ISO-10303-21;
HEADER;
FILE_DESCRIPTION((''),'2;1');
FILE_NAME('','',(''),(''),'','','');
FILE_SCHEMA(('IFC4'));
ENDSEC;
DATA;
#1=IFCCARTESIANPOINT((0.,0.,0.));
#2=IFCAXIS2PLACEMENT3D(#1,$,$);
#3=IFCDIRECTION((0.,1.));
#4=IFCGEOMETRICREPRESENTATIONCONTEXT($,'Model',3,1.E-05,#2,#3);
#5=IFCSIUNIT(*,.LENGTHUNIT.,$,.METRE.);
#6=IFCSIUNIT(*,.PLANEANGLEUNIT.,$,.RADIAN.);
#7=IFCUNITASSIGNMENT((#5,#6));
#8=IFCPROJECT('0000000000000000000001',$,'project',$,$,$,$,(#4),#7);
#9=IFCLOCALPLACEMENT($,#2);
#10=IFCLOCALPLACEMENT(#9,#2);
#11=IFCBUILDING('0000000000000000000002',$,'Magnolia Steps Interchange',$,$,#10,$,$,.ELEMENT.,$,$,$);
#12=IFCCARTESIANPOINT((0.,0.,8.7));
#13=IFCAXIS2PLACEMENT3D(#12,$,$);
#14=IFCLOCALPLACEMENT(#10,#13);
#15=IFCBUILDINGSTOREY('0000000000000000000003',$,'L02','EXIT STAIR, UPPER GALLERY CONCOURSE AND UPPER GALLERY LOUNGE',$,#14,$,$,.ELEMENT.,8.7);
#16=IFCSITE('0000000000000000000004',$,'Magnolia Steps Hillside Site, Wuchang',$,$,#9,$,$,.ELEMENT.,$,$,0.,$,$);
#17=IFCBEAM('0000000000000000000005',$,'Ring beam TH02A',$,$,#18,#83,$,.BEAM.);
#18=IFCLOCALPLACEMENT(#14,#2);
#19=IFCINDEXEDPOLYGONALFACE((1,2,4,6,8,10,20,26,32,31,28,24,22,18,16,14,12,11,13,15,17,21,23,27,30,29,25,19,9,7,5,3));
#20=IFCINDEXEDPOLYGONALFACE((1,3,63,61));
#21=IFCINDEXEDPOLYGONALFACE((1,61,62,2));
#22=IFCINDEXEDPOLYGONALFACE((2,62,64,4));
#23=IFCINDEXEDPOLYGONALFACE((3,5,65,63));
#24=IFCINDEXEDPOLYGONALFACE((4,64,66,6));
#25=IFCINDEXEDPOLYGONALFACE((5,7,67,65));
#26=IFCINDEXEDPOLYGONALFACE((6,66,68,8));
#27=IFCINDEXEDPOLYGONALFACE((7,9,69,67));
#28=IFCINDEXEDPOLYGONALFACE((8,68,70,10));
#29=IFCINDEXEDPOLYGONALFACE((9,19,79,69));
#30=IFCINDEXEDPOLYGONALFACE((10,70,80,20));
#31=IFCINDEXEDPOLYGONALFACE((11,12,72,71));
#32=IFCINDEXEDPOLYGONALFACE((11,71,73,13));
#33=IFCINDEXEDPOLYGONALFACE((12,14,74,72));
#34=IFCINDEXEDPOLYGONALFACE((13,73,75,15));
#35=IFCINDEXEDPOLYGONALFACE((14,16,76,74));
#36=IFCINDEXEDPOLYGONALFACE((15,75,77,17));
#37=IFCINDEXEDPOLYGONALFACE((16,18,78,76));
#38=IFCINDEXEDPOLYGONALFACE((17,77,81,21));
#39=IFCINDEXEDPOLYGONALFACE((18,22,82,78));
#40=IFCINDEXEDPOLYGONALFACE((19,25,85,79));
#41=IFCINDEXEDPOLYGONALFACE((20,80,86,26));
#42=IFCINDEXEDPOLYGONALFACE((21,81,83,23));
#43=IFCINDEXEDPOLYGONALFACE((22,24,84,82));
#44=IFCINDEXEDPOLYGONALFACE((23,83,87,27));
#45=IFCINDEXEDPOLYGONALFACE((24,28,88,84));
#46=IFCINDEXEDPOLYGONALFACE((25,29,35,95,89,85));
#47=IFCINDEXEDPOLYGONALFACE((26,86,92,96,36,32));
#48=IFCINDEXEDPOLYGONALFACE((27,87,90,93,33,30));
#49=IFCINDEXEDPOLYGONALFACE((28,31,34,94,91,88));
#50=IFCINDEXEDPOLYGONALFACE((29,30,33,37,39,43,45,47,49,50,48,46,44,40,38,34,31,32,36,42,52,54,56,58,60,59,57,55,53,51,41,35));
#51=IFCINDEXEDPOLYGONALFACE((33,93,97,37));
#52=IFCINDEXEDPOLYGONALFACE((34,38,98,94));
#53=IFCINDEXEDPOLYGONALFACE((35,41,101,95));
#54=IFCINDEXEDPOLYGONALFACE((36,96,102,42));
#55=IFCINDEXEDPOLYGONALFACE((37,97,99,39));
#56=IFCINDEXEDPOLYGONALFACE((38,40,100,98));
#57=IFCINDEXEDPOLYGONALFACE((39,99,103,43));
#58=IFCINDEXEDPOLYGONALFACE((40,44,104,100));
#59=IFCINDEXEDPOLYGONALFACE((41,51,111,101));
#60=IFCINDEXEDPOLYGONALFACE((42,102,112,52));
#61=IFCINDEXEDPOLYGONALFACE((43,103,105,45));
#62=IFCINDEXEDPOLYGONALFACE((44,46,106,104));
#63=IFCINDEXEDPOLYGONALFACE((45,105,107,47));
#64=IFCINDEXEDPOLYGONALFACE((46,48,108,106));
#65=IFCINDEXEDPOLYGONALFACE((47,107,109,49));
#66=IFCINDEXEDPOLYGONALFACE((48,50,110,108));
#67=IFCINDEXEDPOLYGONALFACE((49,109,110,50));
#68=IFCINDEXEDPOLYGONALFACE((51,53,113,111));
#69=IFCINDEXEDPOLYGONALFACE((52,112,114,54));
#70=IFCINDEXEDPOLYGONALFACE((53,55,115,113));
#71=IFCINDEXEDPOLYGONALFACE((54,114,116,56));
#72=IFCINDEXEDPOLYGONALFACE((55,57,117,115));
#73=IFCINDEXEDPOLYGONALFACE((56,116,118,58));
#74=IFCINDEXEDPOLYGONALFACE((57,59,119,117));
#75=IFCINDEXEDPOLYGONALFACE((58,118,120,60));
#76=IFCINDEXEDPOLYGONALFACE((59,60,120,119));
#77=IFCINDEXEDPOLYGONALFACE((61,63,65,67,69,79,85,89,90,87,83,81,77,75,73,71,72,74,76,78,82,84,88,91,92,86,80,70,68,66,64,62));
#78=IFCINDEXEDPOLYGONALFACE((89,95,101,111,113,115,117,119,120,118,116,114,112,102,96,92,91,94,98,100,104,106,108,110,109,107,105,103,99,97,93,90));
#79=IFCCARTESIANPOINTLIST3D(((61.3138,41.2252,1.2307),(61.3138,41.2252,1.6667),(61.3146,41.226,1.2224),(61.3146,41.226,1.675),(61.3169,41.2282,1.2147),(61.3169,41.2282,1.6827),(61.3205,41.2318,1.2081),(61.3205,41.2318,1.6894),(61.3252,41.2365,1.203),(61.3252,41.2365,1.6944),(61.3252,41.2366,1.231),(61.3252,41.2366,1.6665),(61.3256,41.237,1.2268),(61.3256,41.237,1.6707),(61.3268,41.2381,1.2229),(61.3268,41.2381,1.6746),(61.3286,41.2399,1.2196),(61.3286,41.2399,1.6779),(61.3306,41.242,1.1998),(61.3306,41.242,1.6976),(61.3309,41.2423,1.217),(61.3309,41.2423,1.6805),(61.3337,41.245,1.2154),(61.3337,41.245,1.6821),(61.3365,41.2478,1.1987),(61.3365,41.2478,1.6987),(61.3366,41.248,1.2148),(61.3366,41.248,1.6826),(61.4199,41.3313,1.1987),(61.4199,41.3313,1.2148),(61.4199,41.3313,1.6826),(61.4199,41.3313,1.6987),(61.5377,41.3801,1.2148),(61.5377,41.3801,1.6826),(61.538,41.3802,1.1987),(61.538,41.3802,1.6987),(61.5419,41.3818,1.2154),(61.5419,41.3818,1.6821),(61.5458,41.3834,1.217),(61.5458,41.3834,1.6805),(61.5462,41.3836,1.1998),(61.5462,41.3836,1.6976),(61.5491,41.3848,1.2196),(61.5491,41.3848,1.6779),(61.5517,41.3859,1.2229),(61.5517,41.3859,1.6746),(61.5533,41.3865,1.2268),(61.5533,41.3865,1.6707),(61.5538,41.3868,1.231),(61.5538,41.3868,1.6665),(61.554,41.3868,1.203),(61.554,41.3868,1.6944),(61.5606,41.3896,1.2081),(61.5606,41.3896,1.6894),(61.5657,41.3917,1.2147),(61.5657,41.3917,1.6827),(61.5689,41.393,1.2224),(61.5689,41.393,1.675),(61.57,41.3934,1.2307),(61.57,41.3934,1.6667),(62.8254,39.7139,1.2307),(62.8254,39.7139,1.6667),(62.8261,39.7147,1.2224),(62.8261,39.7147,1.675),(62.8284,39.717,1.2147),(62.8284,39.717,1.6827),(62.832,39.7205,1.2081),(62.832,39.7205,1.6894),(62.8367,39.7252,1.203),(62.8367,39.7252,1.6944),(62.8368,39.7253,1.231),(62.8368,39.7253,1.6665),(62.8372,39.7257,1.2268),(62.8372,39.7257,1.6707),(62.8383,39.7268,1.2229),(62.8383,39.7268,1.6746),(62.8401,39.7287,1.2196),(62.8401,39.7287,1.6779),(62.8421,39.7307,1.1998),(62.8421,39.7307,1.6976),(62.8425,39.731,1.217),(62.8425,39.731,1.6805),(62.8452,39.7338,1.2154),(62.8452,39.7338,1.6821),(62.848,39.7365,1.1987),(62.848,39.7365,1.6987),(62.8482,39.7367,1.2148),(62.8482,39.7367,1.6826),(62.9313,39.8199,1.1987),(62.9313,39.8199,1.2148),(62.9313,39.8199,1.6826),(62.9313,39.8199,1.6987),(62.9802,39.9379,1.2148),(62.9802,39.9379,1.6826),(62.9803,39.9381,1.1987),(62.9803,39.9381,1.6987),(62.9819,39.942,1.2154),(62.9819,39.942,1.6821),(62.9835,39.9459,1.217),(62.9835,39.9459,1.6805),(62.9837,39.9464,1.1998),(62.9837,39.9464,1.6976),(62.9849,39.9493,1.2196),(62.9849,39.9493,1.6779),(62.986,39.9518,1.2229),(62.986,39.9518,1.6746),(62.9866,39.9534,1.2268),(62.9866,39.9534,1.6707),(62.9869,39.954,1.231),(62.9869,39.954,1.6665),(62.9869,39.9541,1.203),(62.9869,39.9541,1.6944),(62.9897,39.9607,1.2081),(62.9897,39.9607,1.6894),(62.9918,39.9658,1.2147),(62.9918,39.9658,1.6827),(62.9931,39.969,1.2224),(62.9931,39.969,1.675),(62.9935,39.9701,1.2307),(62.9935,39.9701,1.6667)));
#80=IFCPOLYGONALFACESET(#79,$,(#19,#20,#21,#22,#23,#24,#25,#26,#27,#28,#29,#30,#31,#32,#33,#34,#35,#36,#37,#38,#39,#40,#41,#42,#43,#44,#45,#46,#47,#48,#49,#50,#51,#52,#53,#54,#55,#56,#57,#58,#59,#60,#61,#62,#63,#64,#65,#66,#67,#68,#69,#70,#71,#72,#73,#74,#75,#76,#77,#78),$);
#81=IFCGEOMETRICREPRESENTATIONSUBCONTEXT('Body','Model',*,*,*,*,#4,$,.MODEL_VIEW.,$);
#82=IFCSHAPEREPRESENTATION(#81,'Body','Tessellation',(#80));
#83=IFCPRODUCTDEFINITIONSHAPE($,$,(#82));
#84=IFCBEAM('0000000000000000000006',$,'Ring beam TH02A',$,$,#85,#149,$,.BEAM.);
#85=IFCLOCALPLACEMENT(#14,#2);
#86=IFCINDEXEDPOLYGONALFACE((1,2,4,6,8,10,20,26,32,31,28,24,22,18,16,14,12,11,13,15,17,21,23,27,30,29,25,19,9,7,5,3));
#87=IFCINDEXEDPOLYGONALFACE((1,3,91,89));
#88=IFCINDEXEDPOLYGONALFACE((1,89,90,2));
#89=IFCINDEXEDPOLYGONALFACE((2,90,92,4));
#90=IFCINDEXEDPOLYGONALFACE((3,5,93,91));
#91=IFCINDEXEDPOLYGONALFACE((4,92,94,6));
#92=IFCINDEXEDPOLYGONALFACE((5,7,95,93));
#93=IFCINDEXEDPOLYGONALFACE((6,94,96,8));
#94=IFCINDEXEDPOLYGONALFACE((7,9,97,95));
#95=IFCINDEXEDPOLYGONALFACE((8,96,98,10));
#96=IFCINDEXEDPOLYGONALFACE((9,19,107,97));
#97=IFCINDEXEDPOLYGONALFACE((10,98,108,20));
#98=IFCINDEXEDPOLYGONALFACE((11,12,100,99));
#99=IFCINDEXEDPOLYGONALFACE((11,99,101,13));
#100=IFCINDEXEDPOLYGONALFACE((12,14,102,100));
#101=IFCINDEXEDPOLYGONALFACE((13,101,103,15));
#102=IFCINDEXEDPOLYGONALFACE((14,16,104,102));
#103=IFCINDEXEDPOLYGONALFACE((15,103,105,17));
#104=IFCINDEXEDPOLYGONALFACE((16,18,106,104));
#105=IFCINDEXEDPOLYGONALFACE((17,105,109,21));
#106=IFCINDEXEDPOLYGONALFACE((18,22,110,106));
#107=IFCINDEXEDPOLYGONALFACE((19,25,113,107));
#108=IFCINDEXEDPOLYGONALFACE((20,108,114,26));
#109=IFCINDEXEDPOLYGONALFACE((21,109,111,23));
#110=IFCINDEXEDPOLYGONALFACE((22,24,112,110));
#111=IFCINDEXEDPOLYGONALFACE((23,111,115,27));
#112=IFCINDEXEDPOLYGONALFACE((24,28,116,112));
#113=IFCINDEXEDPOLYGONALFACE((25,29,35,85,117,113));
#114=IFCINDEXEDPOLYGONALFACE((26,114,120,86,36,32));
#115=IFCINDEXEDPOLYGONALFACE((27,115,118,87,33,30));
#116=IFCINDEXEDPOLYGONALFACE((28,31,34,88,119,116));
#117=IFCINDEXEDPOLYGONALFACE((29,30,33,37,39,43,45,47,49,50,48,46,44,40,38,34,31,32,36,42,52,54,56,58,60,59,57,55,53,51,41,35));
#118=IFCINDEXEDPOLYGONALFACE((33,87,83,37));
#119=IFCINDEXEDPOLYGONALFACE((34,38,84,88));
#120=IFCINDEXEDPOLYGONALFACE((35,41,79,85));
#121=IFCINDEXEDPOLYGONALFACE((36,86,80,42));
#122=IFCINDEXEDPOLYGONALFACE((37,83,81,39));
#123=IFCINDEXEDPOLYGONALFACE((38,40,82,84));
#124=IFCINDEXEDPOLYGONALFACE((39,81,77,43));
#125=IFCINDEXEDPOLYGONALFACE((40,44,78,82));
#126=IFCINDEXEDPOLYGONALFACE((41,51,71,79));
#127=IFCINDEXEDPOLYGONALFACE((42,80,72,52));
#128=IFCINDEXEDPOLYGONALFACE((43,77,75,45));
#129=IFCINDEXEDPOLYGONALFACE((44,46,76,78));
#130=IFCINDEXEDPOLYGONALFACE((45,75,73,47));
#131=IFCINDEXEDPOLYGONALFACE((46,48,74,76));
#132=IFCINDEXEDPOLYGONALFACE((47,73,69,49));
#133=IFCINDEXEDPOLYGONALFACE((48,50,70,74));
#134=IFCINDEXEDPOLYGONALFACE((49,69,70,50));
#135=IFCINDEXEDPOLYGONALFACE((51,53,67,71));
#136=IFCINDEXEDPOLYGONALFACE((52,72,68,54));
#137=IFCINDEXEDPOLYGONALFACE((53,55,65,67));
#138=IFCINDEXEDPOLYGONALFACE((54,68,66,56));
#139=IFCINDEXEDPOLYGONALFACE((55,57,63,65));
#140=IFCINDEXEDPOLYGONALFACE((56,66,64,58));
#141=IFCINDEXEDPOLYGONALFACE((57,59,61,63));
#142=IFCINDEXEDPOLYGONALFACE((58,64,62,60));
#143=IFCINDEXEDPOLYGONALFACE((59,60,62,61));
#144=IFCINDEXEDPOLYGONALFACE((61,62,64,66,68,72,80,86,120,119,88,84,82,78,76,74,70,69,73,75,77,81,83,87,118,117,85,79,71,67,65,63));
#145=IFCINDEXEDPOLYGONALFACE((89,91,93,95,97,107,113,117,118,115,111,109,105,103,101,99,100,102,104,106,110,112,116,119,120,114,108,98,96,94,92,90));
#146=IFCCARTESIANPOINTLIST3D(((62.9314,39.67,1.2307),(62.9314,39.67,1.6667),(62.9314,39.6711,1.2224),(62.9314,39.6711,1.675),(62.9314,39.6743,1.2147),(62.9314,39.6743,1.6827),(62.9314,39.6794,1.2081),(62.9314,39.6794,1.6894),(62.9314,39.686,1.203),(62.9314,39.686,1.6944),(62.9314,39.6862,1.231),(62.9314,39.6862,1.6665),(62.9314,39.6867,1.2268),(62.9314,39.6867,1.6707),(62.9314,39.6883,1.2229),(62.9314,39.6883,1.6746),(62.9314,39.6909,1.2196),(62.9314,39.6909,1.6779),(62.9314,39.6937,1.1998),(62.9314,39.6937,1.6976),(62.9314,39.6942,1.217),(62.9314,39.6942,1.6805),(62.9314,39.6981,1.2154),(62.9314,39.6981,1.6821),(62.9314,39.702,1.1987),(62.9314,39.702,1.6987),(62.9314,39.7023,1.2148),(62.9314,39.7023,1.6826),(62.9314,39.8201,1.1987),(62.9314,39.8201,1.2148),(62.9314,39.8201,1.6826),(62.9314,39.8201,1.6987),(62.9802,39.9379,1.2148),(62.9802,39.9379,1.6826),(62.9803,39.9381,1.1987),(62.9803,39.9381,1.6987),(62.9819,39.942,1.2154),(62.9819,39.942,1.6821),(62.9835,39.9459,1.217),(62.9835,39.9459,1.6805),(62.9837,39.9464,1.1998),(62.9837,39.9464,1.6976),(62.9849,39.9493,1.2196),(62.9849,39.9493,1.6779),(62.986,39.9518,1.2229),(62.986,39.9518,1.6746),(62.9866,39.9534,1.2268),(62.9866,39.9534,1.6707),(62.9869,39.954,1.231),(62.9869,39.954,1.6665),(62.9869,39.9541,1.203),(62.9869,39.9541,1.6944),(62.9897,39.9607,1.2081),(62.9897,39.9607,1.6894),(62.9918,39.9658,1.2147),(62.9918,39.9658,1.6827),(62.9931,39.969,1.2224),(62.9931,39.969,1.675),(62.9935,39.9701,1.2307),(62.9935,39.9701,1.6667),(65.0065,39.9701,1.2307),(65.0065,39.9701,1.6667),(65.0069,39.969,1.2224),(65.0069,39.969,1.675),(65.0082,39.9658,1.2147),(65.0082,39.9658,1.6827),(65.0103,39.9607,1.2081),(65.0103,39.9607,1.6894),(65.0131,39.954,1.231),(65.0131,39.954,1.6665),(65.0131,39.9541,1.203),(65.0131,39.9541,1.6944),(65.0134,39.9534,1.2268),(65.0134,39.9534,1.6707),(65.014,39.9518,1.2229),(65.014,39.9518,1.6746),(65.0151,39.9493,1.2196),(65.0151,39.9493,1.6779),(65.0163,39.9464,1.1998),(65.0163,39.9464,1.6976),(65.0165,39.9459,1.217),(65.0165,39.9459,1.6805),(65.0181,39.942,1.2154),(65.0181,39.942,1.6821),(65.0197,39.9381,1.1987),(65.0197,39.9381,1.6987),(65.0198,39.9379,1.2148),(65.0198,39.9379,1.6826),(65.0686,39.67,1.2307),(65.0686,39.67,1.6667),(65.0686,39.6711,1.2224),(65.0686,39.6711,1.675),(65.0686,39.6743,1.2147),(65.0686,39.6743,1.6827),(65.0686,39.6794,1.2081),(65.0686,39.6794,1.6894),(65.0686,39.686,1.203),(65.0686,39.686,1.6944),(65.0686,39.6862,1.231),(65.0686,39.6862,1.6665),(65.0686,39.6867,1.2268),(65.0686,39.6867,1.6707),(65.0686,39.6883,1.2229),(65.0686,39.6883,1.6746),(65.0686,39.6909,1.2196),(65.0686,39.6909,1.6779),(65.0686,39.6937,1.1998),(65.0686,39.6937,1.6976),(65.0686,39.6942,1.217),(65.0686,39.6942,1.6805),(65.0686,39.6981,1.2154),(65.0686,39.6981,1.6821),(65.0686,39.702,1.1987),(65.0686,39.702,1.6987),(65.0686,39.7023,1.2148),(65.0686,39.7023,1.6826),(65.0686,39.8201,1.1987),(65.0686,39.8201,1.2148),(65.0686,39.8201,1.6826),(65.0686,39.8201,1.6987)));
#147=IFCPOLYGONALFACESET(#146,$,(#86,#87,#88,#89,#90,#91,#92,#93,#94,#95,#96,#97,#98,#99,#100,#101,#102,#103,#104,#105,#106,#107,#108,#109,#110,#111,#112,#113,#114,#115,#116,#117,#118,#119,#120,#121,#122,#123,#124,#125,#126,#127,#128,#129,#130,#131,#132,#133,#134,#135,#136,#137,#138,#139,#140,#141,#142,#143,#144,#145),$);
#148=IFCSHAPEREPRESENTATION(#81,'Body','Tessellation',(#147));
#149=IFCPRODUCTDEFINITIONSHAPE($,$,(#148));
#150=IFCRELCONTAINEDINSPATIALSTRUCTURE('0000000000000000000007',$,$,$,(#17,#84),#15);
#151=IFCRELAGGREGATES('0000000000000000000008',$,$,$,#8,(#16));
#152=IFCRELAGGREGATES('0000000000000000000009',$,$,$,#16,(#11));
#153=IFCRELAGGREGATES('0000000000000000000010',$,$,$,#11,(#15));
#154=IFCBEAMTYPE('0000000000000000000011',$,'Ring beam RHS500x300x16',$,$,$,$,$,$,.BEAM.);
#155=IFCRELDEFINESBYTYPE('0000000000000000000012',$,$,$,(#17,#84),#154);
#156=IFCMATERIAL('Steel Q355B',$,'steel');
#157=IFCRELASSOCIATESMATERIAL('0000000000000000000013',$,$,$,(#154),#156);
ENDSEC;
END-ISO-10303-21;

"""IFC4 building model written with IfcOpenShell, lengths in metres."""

from ifc_helpers import new_model, si_unit, direction, frame, origin, origin_2d, place, context, subcontext, project, spatial, hollow_rectangle, extrude, clip, halfspace, material, material_profile, profile_set, type_object, element, save


model = new_model("IFC4")

# Units and contexts
model_context = context("Model", 3, precision=1e-05, world=origin(), true_north=direction((0.0, 1.0)))
body_context = subcontext(model_context, "Body", "Model", "MODEL_VIEW")
ifc_project = project(units=[si_unit("LENGTHUNIT", "METRE"), si_unit("PLANEANGLEUNIT", "RADIAN")], contexts=[model_context])

# Site, building, storey
site_placement = place(None, origin())
site = spatial("IfcSite", under=ifc_project, at=site_placement, Name="Magnolia Steps Hillside Site, Wuchang", CompositionType="ELEMENT", RefElevation=0.0)
building_placement = place(site_placement, origin())
building = spatial("IfcBuilding", under=site, at=building_placement, Name="Magnolia Steps Interchange", CompositionType="ELEMENT")
storey_placement = place(building_placement, frame((0.0, 0.0, 8.7)))
storey = spatial("IfcBuildingStorey", under=building, at=storey_placement, Name="L02", Description="EXIT STAIR, UPPER GALLERY CONCOURSE AND UPPER GALLERY LOUNGE", CompositionType="ELEMENT", Elevation=8.7)

# Beams
ifc_material_1 = material(Name="Steel Q355B", Category="steel")
ifc_material_profile_1 = material_profile(ifc_material_1, hollow_rectangle(XDim=0.3, YDim=0.5, WallThickness=0.0161, InnerFilletRadius=0.0161, OuterFilletRadius=0.032, at=origin_2d()), Name="RHS500x300x16")
ifc_profile_set_1 = profile_set([ifc_material_profile_1], Name="Steel Q355B")
beam_type_1 = type_object("IfcBeamType", Name="Ring beam RHS500x300x16", PredefinedType="BEAM", material=ifc_profile_set_1)
beam_1_placement = place(storey_placement, frame((61.4199, 41.3313, 1.4487), z_axis=(0.707164, -0.70705, 0.0), x_axis=(0.70705, 0.707164, 0.0)))
element("IfcBeam", 1, at=beam_1_placement, inside=storey, type_object=beam_type_1, Name="Ring beam TH02A", PredefinedType="BEAM", context=body_context, shape_type="Clipping", body=[
    clip(clip(extrude(hollow_rectangle(XDim=0.3, YDim=0.5, WallThickness=0.0161, InnerFilletRadius=0.0161, OuterFilletRadius=0.032, at=origin_2d()), origin(), (0.0, 0.0, 1.0), 2.1375), halfspace(frame((0.0, 0.0, 0.0), z_axis=(0.382758, 0.0, -0.923849), x_axis=(0.923849, 0.0, 0.382758)), False)), halfspace(frame((0.0, 0.0, 2.1374), z_axis=(0.382609, 0.0, 0.92391), x_axis=(0.92391, 0.0, -0.382609)), False)),
])
beam_2_placement = place(storey_placement, frame((62.9314, 39.8201, 1.4487), z_axis=(1.0, 0.0, 0.0), x_axis=(0.0, 1.0, 0.0)))
element("IfcBeam", 2, at=beam_2_placement, inside=storey, type_object=beam_type_1, Name="Ring beam TH02A", PredefinedType="BEAM", context=body_context, shape_type="Clipping", body=[
    clip(clip(extrude(hollow_rectangle(XDim=0.3, YDim=0.5, WallThickness=0.0161, InnerFilletRadius=0.0161, OuterFilletRadius=0.032, at=origin_2d()), origin(), (0.0, 0.0, 1.0), 2.1372), halfspace(frame((0.0, 0.0, 0.0), z_axis=(0.382683, 0.0, -0.92388), x_axis=(0.92388, 0.0, 0.382683)), False)), halfspace(frame((0.0, 0.0, 2.1372), z_axis=(0.382683, 0.0, 0.92388), x_axis=(0.92388, 0.0, -0.382683)), False)),
])

save(model, "model.ifc")
